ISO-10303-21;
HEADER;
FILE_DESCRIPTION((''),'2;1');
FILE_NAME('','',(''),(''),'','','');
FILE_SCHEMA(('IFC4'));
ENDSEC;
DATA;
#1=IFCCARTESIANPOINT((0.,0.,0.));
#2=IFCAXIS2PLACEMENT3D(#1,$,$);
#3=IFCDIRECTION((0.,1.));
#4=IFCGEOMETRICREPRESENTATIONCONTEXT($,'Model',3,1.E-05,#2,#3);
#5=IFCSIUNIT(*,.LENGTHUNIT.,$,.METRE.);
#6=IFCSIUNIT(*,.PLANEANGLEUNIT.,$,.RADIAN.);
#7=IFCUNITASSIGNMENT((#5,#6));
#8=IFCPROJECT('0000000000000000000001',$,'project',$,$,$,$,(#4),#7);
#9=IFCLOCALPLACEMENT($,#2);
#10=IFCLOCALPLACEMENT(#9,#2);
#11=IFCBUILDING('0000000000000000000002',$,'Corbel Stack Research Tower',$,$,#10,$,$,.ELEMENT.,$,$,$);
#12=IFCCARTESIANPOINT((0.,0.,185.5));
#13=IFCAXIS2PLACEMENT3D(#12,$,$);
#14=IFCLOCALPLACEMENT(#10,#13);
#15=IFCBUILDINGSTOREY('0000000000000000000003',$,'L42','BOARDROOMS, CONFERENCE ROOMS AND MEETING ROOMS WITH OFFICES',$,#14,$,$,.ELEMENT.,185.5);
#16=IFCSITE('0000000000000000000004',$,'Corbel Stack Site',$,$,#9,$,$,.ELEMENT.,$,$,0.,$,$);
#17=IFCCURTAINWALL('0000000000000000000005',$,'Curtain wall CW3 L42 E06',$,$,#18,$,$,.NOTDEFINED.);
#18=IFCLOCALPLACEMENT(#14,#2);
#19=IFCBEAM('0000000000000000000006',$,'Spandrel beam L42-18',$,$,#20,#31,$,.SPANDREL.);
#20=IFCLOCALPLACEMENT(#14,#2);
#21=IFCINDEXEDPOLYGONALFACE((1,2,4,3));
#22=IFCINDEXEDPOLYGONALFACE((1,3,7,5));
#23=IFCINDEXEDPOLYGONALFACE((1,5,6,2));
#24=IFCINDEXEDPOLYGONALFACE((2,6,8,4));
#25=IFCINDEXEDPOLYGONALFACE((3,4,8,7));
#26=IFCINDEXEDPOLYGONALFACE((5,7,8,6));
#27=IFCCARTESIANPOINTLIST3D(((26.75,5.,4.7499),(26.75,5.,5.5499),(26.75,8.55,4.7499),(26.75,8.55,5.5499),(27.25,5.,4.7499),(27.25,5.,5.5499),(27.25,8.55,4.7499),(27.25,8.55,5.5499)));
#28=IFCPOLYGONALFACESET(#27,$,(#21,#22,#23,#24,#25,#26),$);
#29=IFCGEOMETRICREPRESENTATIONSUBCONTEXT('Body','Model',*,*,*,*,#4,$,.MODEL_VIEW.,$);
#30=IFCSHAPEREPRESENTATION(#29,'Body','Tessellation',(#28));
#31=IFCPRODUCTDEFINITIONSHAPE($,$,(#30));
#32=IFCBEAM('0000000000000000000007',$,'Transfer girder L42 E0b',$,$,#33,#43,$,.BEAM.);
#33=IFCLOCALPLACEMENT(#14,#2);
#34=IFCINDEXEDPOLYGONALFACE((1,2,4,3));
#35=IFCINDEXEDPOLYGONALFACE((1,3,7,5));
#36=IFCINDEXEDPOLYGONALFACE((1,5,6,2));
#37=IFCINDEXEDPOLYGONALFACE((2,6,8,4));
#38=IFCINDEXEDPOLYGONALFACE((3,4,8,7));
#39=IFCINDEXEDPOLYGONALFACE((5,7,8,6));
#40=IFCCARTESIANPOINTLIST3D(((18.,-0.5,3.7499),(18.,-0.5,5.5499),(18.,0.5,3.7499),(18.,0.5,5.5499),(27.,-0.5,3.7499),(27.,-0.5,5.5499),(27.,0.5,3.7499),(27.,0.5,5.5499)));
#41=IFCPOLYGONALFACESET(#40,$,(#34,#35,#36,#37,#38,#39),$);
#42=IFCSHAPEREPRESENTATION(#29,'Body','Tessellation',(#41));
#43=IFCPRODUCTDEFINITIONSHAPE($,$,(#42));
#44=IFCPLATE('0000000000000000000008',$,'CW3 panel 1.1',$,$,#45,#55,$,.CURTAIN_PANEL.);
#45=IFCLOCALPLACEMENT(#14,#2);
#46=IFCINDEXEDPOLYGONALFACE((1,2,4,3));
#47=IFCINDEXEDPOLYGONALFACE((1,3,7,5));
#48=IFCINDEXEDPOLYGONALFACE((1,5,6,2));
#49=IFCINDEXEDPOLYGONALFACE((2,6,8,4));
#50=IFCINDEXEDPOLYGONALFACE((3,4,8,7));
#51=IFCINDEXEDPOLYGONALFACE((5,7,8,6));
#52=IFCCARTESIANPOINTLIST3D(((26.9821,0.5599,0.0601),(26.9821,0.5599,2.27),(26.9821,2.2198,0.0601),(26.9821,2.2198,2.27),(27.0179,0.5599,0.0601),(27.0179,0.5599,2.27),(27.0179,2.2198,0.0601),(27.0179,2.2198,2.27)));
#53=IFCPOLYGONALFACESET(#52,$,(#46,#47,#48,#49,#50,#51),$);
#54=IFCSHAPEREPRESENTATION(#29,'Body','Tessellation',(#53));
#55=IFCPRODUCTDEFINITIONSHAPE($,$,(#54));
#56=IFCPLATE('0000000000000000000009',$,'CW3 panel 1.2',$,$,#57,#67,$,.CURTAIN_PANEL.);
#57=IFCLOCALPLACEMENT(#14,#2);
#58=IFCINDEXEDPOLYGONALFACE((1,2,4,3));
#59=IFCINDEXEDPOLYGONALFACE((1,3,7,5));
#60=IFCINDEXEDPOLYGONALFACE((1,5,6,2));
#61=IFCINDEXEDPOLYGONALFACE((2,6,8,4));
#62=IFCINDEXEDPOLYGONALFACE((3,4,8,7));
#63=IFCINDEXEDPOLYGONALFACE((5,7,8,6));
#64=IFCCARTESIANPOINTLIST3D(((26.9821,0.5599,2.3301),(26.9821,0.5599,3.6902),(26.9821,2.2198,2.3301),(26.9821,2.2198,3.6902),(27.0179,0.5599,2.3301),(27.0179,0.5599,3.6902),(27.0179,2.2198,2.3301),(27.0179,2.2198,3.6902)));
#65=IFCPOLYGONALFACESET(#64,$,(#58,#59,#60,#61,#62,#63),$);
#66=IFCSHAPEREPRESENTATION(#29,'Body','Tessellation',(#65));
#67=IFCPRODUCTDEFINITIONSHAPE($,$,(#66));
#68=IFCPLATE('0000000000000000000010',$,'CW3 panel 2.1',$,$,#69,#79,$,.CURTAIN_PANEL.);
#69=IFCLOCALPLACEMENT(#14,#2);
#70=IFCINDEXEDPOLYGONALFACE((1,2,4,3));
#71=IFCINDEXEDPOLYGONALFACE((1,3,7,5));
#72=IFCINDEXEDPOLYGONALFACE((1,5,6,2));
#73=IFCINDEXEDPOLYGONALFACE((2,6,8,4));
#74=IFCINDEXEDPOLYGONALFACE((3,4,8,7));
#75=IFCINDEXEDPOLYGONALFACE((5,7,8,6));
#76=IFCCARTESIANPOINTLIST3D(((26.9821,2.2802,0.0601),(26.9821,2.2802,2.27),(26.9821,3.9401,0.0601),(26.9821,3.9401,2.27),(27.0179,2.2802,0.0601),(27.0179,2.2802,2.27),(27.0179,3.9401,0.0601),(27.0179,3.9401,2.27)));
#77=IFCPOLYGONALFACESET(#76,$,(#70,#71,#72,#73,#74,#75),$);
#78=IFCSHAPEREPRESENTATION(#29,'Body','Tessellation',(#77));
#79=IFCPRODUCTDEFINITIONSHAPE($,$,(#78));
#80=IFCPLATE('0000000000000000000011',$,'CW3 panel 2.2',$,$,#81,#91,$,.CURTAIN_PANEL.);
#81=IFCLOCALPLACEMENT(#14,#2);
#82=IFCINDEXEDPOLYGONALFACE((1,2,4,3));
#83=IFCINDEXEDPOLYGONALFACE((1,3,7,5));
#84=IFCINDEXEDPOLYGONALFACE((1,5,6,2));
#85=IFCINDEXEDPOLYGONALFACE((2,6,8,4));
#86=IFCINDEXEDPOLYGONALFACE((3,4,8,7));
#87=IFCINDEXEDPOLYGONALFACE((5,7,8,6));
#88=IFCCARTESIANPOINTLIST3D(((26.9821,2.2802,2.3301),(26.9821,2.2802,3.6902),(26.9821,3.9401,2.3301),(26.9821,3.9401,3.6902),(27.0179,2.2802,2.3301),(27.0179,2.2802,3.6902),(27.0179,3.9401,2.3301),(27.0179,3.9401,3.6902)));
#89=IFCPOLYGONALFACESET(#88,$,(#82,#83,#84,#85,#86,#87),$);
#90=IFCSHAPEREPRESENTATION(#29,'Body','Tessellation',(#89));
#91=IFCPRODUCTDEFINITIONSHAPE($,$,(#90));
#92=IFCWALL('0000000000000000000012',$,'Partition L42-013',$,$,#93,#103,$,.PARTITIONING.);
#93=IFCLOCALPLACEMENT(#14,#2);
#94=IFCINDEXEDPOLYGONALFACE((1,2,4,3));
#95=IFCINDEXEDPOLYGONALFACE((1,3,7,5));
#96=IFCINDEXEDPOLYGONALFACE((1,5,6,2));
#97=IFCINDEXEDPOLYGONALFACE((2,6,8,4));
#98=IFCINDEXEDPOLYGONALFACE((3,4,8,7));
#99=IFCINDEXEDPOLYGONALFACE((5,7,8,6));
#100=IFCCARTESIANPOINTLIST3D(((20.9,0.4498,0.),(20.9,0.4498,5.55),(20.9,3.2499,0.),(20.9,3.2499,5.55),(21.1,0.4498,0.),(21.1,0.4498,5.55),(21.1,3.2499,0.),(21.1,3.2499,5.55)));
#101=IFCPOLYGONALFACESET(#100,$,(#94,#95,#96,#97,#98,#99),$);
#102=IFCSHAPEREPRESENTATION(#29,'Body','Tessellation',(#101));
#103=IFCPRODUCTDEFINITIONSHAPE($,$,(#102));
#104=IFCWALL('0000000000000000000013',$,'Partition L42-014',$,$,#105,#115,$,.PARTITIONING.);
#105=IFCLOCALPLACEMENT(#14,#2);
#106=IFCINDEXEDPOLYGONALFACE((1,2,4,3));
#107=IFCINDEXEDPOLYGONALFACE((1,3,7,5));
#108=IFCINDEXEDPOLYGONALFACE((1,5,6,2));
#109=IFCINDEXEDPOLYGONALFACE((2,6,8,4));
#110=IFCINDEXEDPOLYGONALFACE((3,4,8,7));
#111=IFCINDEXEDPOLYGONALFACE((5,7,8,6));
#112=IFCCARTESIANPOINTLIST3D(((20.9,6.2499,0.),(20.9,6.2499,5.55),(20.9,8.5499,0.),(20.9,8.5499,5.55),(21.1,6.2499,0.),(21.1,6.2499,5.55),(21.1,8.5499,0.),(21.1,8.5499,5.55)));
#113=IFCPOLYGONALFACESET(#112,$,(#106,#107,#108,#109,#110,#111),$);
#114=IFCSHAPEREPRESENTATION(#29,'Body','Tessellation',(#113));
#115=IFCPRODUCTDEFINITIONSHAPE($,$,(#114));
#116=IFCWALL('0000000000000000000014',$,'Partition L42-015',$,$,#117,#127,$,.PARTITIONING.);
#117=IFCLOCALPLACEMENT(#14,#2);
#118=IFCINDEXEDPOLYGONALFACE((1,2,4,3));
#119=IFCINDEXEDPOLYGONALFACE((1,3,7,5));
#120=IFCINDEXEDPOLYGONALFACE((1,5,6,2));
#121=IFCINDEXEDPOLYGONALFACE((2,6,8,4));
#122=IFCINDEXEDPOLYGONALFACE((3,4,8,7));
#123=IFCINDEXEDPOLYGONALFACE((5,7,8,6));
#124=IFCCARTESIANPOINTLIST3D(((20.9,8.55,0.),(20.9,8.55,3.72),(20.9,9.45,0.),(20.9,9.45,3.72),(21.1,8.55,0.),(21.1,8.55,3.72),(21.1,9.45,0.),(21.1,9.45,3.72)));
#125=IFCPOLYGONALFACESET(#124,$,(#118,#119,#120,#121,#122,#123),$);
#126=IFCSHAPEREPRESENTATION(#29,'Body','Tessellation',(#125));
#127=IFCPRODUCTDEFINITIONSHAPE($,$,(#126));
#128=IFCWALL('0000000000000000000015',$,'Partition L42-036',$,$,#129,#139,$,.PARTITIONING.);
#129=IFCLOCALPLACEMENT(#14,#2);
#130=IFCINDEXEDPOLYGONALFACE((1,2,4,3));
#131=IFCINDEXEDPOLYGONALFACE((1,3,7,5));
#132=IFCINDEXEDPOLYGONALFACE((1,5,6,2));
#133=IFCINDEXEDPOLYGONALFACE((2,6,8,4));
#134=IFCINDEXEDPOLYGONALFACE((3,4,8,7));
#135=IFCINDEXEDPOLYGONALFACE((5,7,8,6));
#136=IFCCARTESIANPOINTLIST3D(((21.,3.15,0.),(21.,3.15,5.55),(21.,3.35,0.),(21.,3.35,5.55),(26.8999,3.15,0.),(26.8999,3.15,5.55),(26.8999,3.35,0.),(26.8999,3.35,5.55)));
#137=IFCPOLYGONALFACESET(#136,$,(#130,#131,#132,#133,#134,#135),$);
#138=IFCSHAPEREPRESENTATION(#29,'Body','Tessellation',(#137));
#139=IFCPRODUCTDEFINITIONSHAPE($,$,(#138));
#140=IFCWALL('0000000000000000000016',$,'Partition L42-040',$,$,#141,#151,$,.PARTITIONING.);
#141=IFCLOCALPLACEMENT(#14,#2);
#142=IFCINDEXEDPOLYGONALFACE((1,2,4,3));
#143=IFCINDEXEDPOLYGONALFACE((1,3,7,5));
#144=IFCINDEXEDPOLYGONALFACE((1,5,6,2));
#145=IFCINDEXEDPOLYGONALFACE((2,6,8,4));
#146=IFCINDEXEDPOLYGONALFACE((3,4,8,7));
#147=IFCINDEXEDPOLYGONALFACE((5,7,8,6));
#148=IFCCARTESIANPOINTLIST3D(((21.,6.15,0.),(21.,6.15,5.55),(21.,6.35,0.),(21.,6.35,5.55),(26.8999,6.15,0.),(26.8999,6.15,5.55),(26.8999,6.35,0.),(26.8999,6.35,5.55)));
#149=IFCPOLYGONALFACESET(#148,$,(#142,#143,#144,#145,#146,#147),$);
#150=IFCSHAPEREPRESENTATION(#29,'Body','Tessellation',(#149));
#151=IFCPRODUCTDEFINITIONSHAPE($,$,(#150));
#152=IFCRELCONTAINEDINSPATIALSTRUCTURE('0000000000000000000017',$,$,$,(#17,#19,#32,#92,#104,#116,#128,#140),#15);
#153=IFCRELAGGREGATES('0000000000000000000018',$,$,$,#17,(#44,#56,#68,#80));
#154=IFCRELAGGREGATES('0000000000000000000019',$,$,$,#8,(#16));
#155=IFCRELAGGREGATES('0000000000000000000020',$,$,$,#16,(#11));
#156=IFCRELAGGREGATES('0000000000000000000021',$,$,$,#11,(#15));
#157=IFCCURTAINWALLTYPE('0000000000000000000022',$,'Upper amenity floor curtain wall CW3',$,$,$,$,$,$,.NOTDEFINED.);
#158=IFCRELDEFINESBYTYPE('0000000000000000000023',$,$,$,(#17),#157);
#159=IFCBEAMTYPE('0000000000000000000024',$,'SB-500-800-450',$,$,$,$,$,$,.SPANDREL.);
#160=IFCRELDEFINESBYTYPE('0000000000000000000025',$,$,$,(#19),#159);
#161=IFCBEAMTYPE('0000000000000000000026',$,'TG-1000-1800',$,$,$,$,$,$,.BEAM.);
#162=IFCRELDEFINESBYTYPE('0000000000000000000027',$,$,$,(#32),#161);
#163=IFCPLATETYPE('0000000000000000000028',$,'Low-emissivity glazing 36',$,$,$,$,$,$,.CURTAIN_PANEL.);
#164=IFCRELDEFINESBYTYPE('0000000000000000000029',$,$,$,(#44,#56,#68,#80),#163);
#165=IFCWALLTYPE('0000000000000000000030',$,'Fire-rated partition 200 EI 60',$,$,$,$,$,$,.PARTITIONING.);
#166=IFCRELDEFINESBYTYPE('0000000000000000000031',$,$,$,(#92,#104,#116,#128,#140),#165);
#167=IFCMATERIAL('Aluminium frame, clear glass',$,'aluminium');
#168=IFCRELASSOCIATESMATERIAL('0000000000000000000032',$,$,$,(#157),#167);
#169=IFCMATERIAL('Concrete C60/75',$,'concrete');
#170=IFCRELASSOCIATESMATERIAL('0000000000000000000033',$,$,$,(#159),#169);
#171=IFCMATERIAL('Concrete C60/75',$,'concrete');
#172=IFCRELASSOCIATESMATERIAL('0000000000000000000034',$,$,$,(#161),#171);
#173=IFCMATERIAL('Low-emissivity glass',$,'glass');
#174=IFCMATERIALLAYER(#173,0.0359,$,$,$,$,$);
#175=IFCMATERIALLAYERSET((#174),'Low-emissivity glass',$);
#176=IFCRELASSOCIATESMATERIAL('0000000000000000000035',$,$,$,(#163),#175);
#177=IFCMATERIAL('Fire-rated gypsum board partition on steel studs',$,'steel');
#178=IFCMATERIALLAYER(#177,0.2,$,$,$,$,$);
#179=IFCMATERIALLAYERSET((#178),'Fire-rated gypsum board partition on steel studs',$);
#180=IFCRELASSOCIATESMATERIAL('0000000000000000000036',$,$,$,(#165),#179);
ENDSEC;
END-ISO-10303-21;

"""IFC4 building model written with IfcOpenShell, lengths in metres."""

from ifc_helpers import new_model, si_unit, direction, frame, frame_2d, origin, origin_2d, place, context, subcontext, project, spatial, rectangle, extrude, material, layer, layer_set, material_profile, profile_set, type_object, element, aggregate, save


model = new_model("IFC4")

# Units and contexts
model_context = context("Model", 3, precision=1e-05, world=origin(), true_north=direction((0.0, 1.0)))
body_context = subcontext(model_context, "Body", "Model", "MODEL_VIEW")
ifc_project = project(units=[si_unit("LENGTHUNIT", "METRE"), si_unit("PLANEANGLEUNIT", "RADIAN")], contexts=[model_context])

# Site, building, storey
site_placement = place(None, origin())
site = spatial("IfcSite", under=ifc_project, at=site_placement, Name="Corbel Stack Site", CompositionType="ELEMENT", RefElevation=0.0)
building_placement = place(site_placement, origin())
building = spatial("IfcBuilding", under=site, at=building_placement, Name="Corbel Stack Research Tower", CompositionType="ELEMENT")
storey_placement = place(building_placement, frame((0.0, 0.0, 185.5)))
storey = spatial("IfcBuildingStorey", under=building, at=storey_placement, Name="L42", Description="BOARDROOMS, CONFERENCE ROOMS AND MEETING ROOMS WITH OFFICES", CompositionType="ELEMENT", Elevation=185.5)

# Curtain wall
ifc_material_1 = material(Name="Aluminium frame, clear glass", Category="aluminium")
curtain_wall_type = type_object("IfcCurtainWallType", Name="Upper amenity floor curtain wall CW3", PredefinedType="NOTDEFINED", material=ifc_material_1)
curtain_wall_placement = place(storey_placement, origin())
curtain_wall = element("IfcCurtainWall", 1, at=curtain_wall_placement, inside=storey, type_object=curtain_wall_type, Name="Curtain wall CW3 L42 E06", PredefinedType="NOTDEFINED")

# Beams
ifc_material_2 = material(Name="Concrete C60/75", Category="concrete")
ifc_material_profile_1 = material_profile(ifc_material_2, rectangle(XDim=0.5, YDim=0.8, at=origin_2d()), Name="RC 500 x 800")
ifc_profile_set_1 = profile_set([ifc_material_profile_1], Name="Concrete C60/75")
beam_type_1 = type_object("IfcBeamType", Name="SB-500-800-450", PredefinedType="SPANDREL", material=ifc_profile_set_1)
for number, where, z_axis, x_axis, name in (
    (2, (27.0, 5.0, 5.1499), (0.0, 1.0, 0.0), (-1.0, 0.0, 0.0), "Spandrel beam L42-18"),
):
    element("IfcBeam", number, at=place(storey_placement, frame(where, z_axis=z_axis, x_axis=x_axis)), inside=storey, type_object=beam_type_1, Name=name, PredefinedType="SPANDREL", context=body_context, shape_type="SweptSolid", body=[
        extrude(rectangle(XDim=0.5, YDim=0.8, at=origin_2d()), origin(), (0.0, 0.0, 1.0), 3.55),
    ])
ifc_material_3 = material(Name="Concrete C60/75", Category="concrete")
ifc_material_profile_2 = material_profile(ifc_material_3, rectangle(XDim=1.0, YDim=1.8, at=origin_2d()), Name="RC 1000 x 1800")
ifc_profile_set_2 = profile_set([ifc_material_profile_2], Name="Concrete C60/75")
beam_type_2 = type_object("IfcBeamType", Name="TG-1000-1800", PredefinedType="BEAM", material=ifc_profile_set_2)
beam_placement = place(storey_placement, frame((27.0, 0.0, 4.6499), z_axis=(-1.0, 0.0, 0.0), x_axis=(0.0, -1.0, 0.0)))
element("IfcBeam", 3, at=beam_placement, inside=storey, type_object=beam_type_2, Name="Transfer girder L42 E0b", PredefinedType="BEAM", context=body_context, shape_type="SweptSolid", body=[
    extrude(rectangle(XDim=1.0, YDim=1.8, at=origin_2d()), origin(), (0.0, 0.0, 1.0), 9.0),
])

# Plates
ifc_material_4 = material(Name="Low-emissivity glass", Category="glass")
ifc_layer_1 = layer(ifc_material_4, 0.0359)
ifc_layer_set_1 = layer_set([ifc_layer_1], Name="Low-emissivity glass")
plate_type = type_object("IfcPlateType", Name="Low-emissivity glazing 36", PredefinedType="CURTAIN_PANEL", material=ifc_layer_set_1)
plate_1_placement = place(storey_placement, frame((27.0, 1.3899, 0.0601), z_axis=(0.0, 0.0, 1.0), x_axis=(0.0, 1.0, 0.0)))
plate_1 = element("IfcPlate", 4, at=plate_1_placement, type_object=plate_type, Name="CW3 panel 1.1", PredefinedType="CURTAIN_PANEL", context=body_context, shape_type="SweptSolid", body=[
    extrude(rectangle(XDim=1.6599, YDim=0.0359, at=origin_2d()), origin(), (0.0, 0.0, 1.0), 2.21),
])
plate_2_placement = place(storey_placement, frame((27.0, 1.3899, 2.3301), z_axis=(0.0, 0.0, 1.0), x_axis=(0.0, 1.0, 0.0)))
plate_2 = element("IfcPlate", 5, at=plate_2_placement, type_object=plate_type, Name="CW3 panel 1.2", PredefinedType="CURTAIN_PANEL", context=body_context, shape_type="SweptSolid", body=[
    extrude(rectangle(XDim=1.6599, YDim=0.0359, at=origin_2d()), origin(), (0.0, 0.0, 1.0), 1.3601),
])
plate_3_placement = place(storey_placement, frame((27.0, 3.1101, 0.0601), z_axis=(0.0, 0.0, 1.0), x_axis=(0.0, 1.0, 0.0)))
plate_3 = element("IfcPlate", 6, at=plate_3_placement, type_object=plate_type, Name="CW3 panel 2.1", PredefinedType="CURTAIN_PANEL", context=body_context, shape_type="SweptSolid", body=[
    extrude(rectangle(XDim=1.6599, YDim=0.0359, at=origin_2d()), origin(), (0.0, 0.0, 1.0), 2.21),
])
plate_4_placement = place(storey_placement, frame((27.0, 3.1101, 2.3301), z_axis=(0.0, 0.0, 1.0), x_axis=(0.0, 1.0, 0.0)))
plate_4 = element("IfcPlate", 7, at=plate_4_placement, type_object=plate_type, Name="CW3 panel 2.2", PredefinedType="CURTAIN_PANEL", context=body_context, shape_type="SweptSolid", body=[
    extrude(rectangle(XDim=1.6599, YDim=0.0359, at=origin_2d()), origin(), (0.0, 0.0, 1.0), 1.3601),
])
aggregate(curtain_wall, [plate_1, plate_2, plate_3, plate_4])

# Walls
ifc_material_5 = material(Name="Fire-rated gypsum board partition on steel studs", Category="steel")
ifc_layer_2 = layer(ifc_material_5, 0.2)
ifc_layer_set_2 = layer_set([ifc_layer_2], Name="Fire-rated gypsum board partition on steel studs")
wall_type = type_object("IfcWallType", Name="Fire-rated partition 200 EI 60", PredefinedType="PARTITIONING", material=ifc_layer_set_2)
wall_1_placement = place(storey_placement, frame((21.0, 0.45, 0.0), z_axis=(0.0, 0.0, 1.0), x_axis=(0.0, 1.0, 0.0)))
element("IfcWall", 8, at=wall_1_placement, inside=storey, type_object=wall_type, Name="Partition L42-013", PredefinedType="PARTITIONING", context=body_context, shape_type="SweptSolid", body=[
    extrude(rectangle(XDim=2.8, YDim=0.2, at=frame_2d((1.3999, 0.0))), origin(), (0.0, 0.0, 1.0), 5.55),
])
wall_2_placement = place(storey_placement, frame((21.0, 6.25, 0.0), z_axis=(0.0, 0.0, 1.0), x_axis=(0.0, 1.0, 0.0)))
element("IfcWall", 9, at=wall_2_placement, inside=storey, type_object=wall_type, Name="Partition L42-014", PredefinedType="PARTITIONING", context=body_context, shape_type="SweptSolid", body=[
    extrude(rectangle(XDim=2.3, YDim=0.2, at=frame_2d((1.1499, 0.0))), origin(), (0.0, 0.0, 1.0), 5.55),
])
wall_3_placement = place(storey_placement, frame((21.0, 8.55, 0.0), z_axis=(0.0, 0.0, 1.0), x_axis=(0.0, 1.0, 0.0)))
element("IfcWall", 10, at=wall_3_placement, inside=storey, type_object=wall_type, Name="Partition L42-015", PredefinedType="PARTITIONING", context=body_context, shape_type="SweptSolid", body=[
    extrude(rectangle(XDim=0.8999, YDim=0.2, at=frame_2d((0.45, 0.0))), origin(), (0.0, 0.0, 1.0), 3.72),
])
for number, where, z_axis, x_axis, name in (
    (11, (21.0, 3.25, 0.0), (0.0, 0.0, 1.0), (1.0, 0.0, 0.0), "Partition L42-036"),
    (12, (21.0, 6.25, 0.0), (0.0, 0.0, 1.0), (1.0, 0.0, 0.0), "Partition L42-040"),
):
    element("IfcWall", number, at=place(storey_placement, frame(where, z_axis=z_axis, x_axis=x_axis)), inside=storey, type_object=wall_type, Name=name, PredefinedType="PARTITIONING", context=body_context, shape_type="SweptSolid", body=[
        extrude(rectangle(XDim=5.8999, YDim=0.2, at=frame_2d((2.95, 0.0))), origin(), (0.0, 0.0, 1.0), 5.55),
    ])

save(model, "model.ifc")
